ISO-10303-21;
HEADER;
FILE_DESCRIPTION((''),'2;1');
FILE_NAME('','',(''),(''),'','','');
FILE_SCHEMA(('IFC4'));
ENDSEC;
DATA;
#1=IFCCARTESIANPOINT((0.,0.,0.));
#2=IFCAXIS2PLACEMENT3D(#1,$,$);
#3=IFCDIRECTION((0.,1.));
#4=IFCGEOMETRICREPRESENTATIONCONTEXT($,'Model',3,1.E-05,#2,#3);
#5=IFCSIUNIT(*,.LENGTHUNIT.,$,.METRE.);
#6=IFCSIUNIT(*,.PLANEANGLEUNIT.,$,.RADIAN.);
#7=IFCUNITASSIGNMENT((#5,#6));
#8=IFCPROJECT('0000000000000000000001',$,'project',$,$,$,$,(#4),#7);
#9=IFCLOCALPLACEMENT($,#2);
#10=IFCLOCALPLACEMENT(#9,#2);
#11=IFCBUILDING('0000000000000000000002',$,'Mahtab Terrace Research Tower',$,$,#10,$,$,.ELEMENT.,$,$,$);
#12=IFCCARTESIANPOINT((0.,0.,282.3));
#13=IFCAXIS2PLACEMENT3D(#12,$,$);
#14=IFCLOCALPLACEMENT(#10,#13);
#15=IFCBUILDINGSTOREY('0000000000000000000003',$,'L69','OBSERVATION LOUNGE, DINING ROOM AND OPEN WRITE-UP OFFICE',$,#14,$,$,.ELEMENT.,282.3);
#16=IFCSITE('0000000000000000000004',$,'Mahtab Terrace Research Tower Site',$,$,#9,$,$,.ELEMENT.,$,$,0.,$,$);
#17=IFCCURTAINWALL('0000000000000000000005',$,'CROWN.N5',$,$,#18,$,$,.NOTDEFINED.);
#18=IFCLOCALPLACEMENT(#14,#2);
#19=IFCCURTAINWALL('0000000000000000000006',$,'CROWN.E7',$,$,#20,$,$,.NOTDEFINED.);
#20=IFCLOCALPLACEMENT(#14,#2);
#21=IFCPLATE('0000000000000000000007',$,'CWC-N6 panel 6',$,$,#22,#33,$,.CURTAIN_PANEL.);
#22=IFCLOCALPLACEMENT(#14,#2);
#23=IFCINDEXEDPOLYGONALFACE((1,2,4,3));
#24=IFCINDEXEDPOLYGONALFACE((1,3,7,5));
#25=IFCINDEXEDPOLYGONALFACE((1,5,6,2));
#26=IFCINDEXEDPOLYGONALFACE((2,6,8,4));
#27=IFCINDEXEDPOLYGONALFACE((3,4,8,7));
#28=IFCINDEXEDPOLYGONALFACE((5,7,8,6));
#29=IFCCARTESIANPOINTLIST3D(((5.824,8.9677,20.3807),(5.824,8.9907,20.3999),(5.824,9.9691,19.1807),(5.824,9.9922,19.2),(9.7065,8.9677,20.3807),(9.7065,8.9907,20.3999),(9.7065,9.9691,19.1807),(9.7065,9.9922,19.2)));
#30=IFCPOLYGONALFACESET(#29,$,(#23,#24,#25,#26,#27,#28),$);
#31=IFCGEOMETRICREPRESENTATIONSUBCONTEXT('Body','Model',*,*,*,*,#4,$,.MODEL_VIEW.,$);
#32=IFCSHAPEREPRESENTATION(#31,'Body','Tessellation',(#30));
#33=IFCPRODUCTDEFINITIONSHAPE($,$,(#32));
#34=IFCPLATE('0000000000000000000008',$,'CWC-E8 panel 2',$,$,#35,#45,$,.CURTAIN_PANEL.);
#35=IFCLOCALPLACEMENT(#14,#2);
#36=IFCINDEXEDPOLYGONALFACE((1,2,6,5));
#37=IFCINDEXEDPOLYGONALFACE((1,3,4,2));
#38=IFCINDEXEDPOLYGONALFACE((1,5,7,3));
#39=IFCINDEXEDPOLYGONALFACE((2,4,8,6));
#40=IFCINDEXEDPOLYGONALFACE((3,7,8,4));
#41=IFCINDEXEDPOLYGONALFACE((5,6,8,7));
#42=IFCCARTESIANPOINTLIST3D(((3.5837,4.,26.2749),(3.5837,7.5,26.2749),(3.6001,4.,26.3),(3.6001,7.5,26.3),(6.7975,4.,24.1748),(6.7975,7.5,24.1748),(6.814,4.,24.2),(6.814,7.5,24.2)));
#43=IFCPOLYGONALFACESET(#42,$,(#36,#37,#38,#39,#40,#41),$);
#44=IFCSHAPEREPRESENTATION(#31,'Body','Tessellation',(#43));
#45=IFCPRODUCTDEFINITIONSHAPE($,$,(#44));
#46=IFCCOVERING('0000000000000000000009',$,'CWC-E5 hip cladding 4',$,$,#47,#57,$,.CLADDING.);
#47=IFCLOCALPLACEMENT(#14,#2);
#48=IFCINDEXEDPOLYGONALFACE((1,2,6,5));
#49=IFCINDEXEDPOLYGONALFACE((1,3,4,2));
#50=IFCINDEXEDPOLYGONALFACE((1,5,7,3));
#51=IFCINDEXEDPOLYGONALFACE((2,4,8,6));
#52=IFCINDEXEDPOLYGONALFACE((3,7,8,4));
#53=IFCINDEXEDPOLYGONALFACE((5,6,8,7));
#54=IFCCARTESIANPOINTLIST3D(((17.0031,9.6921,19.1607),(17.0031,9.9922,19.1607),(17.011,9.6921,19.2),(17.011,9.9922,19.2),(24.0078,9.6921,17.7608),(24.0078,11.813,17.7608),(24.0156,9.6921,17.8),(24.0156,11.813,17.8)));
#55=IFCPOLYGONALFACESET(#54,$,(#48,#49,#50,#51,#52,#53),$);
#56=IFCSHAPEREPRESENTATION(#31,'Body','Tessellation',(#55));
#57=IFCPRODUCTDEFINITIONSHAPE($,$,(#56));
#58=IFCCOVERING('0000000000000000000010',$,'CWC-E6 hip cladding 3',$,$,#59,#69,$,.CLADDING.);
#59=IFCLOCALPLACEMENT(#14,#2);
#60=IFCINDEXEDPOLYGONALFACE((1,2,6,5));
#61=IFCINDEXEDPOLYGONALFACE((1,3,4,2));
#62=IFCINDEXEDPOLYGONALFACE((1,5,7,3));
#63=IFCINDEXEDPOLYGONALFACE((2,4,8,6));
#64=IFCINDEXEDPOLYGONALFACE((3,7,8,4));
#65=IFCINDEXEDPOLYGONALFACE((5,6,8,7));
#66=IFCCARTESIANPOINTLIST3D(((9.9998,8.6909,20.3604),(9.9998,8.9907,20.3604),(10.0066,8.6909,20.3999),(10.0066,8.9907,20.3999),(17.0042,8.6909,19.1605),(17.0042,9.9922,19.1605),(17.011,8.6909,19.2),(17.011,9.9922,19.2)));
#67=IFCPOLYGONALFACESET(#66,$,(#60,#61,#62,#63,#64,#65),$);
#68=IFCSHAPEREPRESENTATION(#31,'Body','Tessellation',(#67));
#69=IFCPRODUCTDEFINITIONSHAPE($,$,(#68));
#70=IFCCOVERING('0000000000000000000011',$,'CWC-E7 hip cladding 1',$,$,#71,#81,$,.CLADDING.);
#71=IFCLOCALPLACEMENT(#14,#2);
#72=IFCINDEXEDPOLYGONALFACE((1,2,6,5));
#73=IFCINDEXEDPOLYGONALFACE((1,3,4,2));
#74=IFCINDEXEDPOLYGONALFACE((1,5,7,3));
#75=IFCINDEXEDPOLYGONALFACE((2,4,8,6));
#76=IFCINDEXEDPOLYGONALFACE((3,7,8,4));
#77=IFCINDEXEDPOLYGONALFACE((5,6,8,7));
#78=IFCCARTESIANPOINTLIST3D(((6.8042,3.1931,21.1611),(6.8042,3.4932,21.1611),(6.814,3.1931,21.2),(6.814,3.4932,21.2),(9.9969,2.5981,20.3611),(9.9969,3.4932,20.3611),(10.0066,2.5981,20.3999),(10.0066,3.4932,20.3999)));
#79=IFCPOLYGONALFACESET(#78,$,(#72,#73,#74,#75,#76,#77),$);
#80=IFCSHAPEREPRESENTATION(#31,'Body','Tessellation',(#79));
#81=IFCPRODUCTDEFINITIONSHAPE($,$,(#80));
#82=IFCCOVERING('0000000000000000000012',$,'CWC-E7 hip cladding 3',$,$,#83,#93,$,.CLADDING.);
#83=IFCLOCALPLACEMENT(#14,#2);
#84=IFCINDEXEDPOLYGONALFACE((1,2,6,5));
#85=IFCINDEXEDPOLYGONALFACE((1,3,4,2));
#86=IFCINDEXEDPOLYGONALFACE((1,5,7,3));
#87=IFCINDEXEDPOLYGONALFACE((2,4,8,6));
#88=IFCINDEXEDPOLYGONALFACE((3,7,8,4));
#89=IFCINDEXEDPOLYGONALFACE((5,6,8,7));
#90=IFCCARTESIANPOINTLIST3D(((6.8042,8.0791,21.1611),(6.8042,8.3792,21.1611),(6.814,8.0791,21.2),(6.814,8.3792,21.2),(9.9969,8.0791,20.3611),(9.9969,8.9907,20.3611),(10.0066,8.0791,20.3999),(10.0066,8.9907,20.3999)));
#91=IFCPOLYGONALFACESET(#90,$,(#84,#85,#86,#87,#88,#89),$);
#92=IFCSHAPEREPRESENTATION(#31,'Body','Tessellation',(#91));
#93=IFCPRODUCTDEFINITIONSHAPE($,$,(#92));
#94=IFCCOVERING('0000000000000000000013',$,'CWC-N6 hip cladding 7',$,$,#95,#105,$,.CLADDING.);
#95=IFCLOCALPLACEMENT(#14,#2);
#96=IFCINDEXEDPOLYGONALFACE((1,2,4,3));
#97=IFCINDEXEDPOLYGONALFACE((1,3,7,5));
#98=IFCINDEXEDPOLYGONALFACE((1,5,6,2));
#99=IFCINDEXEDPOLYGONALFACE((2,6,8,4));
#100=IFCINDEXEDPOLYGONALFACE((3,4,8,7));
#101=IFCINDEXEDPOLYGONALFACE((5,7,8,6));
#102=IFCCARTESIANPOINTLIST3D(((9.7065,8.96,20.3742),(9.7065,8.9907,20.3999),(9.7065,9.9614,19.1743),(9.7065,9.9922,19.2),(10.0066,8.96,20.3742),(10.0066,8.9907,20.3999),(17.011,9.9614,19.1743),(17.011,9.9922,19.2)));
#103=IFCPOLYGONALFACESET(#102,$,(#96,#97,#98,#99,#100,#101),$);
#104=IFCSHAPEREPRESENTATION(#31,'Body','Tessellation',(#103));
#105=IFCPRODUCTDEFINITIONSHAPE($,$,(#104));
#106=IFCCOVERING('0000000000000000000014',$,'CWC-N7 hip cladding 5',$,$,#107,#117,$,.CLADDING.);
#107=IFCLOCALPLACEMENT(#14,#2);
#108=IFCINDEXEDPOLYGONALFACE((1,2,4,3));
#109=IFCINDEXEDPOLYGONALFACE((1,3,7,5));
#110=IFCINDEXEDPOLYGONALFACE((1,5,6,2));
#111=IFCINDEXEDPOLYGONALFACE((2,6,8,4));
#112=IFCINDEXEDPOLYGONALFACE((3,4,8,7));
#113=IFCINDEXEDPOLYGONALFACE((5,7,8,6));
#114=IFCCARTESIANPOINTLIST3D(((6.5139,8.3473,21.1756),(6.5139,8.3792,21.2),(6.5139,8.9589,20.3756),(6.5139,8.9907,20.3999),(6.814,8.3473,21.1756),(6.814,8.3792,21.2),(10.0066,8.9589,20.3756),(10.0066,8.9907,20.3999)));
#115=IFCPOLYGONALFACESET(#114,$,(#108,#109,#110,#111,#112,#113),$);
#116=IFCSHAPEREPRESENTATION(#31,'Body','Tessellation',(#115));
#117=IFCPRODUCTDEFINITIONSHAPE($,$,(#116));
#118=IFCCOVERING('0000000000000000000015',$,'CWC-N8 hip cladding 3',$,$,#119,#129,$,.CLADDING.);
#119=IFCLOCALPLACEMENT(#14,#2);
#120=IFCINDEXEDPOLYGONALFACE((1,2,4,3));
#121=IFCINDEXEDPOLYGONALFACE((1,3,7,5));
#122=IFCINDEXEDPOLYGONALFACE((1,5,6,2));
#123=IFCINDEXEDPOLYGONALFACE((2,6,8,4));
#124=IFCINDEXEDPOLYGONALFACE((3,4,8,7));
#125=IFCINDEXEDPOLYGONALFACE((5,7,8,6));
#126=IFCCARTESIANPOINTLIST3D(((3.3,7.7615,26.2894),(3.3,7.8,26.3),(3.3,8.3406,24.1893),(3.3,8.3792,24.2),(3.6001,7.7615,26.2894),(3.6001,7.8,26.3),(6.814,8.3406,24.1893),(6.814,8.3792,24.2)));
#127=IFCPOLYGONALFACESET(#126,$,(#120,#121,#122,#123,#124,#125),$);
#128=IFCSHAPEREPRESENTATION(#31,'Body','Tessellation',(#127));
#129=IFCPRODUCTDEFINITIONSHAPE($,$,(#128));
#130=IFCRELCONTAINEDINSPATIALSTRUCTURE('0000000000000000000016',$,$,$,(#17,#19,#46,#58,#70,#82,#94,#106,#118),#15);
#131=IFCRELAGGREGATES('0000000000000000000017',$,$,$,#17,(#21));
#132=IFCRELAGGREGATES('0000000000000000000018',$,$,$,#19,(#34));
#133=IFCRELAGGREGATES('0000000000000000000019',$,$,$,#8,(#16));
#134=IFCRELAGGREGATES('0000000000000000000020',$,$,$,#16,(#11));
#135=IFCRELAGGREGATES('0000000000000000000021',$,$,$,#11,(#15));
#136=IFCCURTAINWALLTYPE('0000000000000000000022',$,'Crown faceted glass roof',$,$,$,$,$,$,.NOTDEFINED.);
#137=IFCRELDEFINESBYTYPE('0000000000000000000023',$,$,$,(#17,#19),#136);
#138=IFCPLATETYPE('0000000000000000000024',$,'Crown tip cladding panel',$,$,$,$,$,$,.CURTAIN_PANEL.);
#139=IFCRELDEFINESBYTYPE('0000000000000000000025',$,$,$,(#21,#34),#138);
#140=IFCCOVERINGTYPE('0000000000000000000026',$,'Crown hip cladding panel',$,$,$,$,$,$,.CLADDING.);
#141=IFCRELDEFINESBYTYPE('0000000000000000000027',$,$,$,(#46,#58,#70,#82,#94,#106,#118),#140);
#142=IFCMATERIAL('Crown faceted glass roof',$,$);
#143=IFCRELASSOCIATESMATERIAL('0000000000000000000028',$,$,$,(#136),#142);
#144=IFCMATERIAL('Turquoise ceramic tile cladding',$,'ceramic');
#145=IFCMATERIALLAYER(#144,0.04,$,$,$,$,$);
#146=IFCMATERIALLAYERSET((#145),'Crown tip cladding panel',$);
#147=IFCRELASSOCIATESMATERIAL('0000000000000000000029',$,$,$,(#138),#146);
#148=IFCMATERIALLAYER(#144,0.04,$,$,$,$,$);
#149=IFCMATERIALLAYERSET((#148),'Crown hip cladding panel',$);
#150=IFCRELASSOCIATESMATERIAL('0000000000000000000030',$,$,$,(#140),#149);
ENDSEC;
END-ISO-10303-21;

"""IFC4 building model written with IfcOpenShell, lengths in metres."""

from ifc_helpers import new_model, si_unit, direction, frame, origin, place, context, subcontext, project, spatial, polyline, outline, extrude, material, layer, layer_set, type_object, element, aggregate, save


model = new_model("IFC4")

# Units and contexts
model_context = context("Model", 3, precision=1e-05, world=origin(), true_north=direction((0.0, 1.0)))
body_context = subcontext(model_context, "Body", "Model", "MODEL_VIEW")
ifc_project = project(units=[si_unit("LENGTHUNIT", "METRE"), si_unit("PLANEANGLEUNIT", "RADIAN")], contexts=[model_context])

# Site, building, storey
site_placement = place(None, origin())
site = spatial("IfcSite", under=ifc_project, at=site_placement, Name="Mahtab Terrace Research Tower Site", CompositionType="ELEMENT", RefElevation=0.0)
building_placement = place(site_placement, origin())
building = spatial("IfcBuilding", under=site, at=building_placement, Name="Mahtab Terrace Research Tower", CompositionType="ELEMENT")
storey_placement = place(building_placement, frame((0.0, 0.0, 282.3)))
storey = spatial("IfcBuildingStorey", under=building, at=storey_placement, Name="L69", Description="OBSERVATION LOUNGE, DINING ROOM AND OPEN WRITE-UP OFFICE", CompositionType="ELEMENT", Elevation=282.3)

# Shared definitions
ifc_material_1 = material(Name="Crown faceted glass roof")
curtain_wall_type = type_object("IfcCurtainWallType", Name="Crown faceted glass roof", PredefinedType="NOTDEFINED", material=ifc_material_1)

# Curtain wall
curtain_wall_1_placement = place(storey_placement, origin())
curtain_wall_1 = element("IfcCurtainWall", 1, at=curtain_wall_1_placement, inside=storey, type_object=curtain_wall_type, Name="CROWN.N5", PredefinedType="NOTDEFINED")

# Curtain wall
curtain_wall_2_placement = place(storey_placement, origin())
curtain_wall_2 = element("IfcCurtainWall", 2, at=curtain_wall_2_placement, inside=storey, type_object=curtain_wall_type, Name="CROWN.E7", PredefinedType="NOTDEFINED")

# Plates
ifc_material_2 = material(Name="Turquoise ceramic tile cladding", Category="ceramic")
ifc_layer_1 = layer(ifc_material_2, 0.04)
ifc_layer_set_1 = layer_set([ifc_layer_1], Name="Crown tip cladding panel")
plate_type_1 = type_object("IfcPlateType", Name="Crown tip cladding panel", PredefinedType="CURTAIN_PANEL", material=ifc_layer_set_1)
plate_1_placement = place(storey_placement, frame((9.7065, 8.9907, 20.3999), z_axis=(0.0, 0.767747, 0.640753), x_axis=(0.0, 0.640753, -0.767747)))
plate_1 = element("IfcPlate", 3, at=plate_1_placement, type_object=plate_type_1, Name="CWC-N6 panel 6", PredefinedType="CURTAIN_PANEL", context=body_context, shape_type="SweptSolid", body=[
    extrude(outline(polyline([(0.0, 0.0), (1.563, 0.0), (1.563, 3.8826), (0.0, 3.8826), (0.0, 0.0)])), origin(), (0.0, 0.0, -1.0), 0.03),
])
aggregate(curtain_wall_1, [plate_1])
plate_2_placement = place(storey_placement, frame((6.814, 4.0, 24.2), z_axis=(0.547016, 0.0, 0.837122), x_axis=(0.0, 1.0, 0.0)))
plate_2 = element("IfcPlate", 4, at=plate_2_placement, type_object=plate_type_1, Name="CWC-E8 panel 2", PredefinedType="CURTAIN_PANEL", context=body_context, shape_type="SweptSolid", body=[
    extrude(outline(polyline([(0.0, 0.0), (3.5, 0.0), (3.5, 3.8392), (0.0, 3.8392), (0.0, 0.0)])), origin(), (0.0, 0.0, -1.0), 0.03),
])
aggregate(curtain_wall_2, [plate_2])

# Coverings
ifc_layer_2 = layer(ifc_material_2, 0.04)
ifc_layer_set_2 = layer_set([ifc_layer_2], Name="Crown hip cladding panel")
covering_type = type_object("IfcCoveringType", Name="Crown hip cladding panel", PredefinedType="CLADDING", material=ifc_layer_set_2)
covering_1_placement = place(storey_placement, frame((17.011, 9.9922, 19.2), z_axis=(0.195978, 0.0, 0.980608), x_axis=(0.950224, 0.247003, -0.189906)))
element("IfcCovering", 5, at=covering_1_placement, inside=storey, type_object=covering_type, Name="CWC-E5 hip cladding 4", PredefinedType="CLADDING", context=body_context, shape_type="SweptSolid", body=[
    extrude(outline(polyline([(0.0, 0.0), (7.3716, 0.0), (6.8477, -2.0551), (-0.0741, -0.2908), (0.0, 0.0)])), origin(), (0.0, 0.0, -1.0), 0.04),
])
covering_2_placement = place(storey_placement, frame((10.0066, 8.9907, 20.3999), z_axis=(0.168854, 0.0, 0.985641), x_axis=(0.975997, 0.139545, -0.167202)))
element("IfcCovering", 6, at=covering_2_placement, inside=storey, type_object=covering_type, Name="CWC-E6 hip cladding 3", PredefinedType="CLADDING", context=body_context, shape_type="SweptSolid", body=[
    extrude(outline(polyline([(0.0, 0.0), (7.1767, 0.0), (6.9951, -1.2885), (-0.0418, -0.2969), (0.0, 0.0)])), origin(), (0.0, 0.0, -1.0), 0.04),
])
covering_3_placement = place(storey_placement, frame((6.814, 3.1931, 21.2), z_axis=(0.243077, 0.0, 0.970007), x_axis=(0.0, 1.0, 0.0)))
element("IfcCovering", 7, at=covering_3_placement, inside=storey, type_object=covering_type, Name="CWC-E7 hip cladding 1", PredefinedType="CLADDING", context=body_context, shape_type="SweptSolid", body=[
    extrude(outline(polyline([(0.0, 0.0), (0.3, 0.0), (0.3, -3.2913), (-0.595, -3.2913), (0.0, 0.0)])), origin(), (0.0, 0.0, -1.0), 0.04),
])
covering_4_placement = place(storey_placement, frame((6.814, 8.3792, 21.2), z_axis=(0.243077, 0.0, 0.970007), x_axis=(0.953683, 0.182685, -0.238986)))
element("IfcCovering", 8, at=covering_4_placement, inside=storey, type_object=covering_type, Name="CWC-E7 hip cladding 3", PredefinedType="CLADDING", context=body_context, shape_type="SweptSolid", body=[
    extrude(outline(polyline([(0.0, 0.0), (3.3477, 0.0), (3.1811, -0.8963), (-0.0548, -0.295), (0.0, 0.0)])), origin(), (0.0, 0.0, -1.0), 0.04),
])
covering_5_placement = place(storey_placement, frame((17.011, 9.9922, 19.2), z_axis=(0.0, 0.767747, 0.640753), x_axis=(-0.975997, -0.139545, 0.167202)))
element("IfcCovering", 9, at=covering_5_placement, inside=storey, type_object=covering_type, Name="CWC-N6 hip cladding 7", PredefinedType="CLADDING", context=body_context, shape_type="SweptSolid", body=[
    extrude(outline(polyline([(0.0, 0.0), (7.1767, 0.0), (7.4695, -0.0653), (7.1291, -1.5908), (0.0, 0.0)])), origin(), (0.0, 0.0, -1.0), 0.04),
])
covering_6_placement = place(storey_placement, frame((10.0066, 8.9907, 20.3999), z_axis=(0.0, 0.794468, 0.607306), x_axis=(-0.953683, -0.182685, 0.238986)))
element("IfcCovering", 10, at=covering_6_placement, inside=storey, type_object=covering_type, Name="CWC-N7 hip cladding 5", PredefinedType="CLADDING", context=body_context, shape_type="SweptSolid", body=[
    extrude(outline(polyline([(0.0, 0.0), (3.3477, 0.0), (3.6338, -0.0903), (3.3309, -1.0506), (0.0, 0.0)])), origin(), (0.0, 0.0, -1.0), 0.04),
])
covering_7_placement = place(storey_placement, frame((6.814, 8.3792, 24.2), z_axis=(0.0, 0.96402, 0.265828), x_axis=(-0.827758, -0.149152, 0.540898)))
element("IfcCovering", 11, at=covering_7_placement, inside=storey, type_object=covering_type, Name="CWC-N8 hip cladding 3", PredefinedType="CLADDING", context=body_context, shape_type="SweptSolid", body=[
    extrude(outline(polyline([(0.0, 0.0), (3.8826, 0.0), (4.131, -0.1684), (2.9087, -1.9716), (0.0, 0.0)])), origin(), (0.0, 0.0, -1.0), 0.04),
])

save(model, "model.ifc")
